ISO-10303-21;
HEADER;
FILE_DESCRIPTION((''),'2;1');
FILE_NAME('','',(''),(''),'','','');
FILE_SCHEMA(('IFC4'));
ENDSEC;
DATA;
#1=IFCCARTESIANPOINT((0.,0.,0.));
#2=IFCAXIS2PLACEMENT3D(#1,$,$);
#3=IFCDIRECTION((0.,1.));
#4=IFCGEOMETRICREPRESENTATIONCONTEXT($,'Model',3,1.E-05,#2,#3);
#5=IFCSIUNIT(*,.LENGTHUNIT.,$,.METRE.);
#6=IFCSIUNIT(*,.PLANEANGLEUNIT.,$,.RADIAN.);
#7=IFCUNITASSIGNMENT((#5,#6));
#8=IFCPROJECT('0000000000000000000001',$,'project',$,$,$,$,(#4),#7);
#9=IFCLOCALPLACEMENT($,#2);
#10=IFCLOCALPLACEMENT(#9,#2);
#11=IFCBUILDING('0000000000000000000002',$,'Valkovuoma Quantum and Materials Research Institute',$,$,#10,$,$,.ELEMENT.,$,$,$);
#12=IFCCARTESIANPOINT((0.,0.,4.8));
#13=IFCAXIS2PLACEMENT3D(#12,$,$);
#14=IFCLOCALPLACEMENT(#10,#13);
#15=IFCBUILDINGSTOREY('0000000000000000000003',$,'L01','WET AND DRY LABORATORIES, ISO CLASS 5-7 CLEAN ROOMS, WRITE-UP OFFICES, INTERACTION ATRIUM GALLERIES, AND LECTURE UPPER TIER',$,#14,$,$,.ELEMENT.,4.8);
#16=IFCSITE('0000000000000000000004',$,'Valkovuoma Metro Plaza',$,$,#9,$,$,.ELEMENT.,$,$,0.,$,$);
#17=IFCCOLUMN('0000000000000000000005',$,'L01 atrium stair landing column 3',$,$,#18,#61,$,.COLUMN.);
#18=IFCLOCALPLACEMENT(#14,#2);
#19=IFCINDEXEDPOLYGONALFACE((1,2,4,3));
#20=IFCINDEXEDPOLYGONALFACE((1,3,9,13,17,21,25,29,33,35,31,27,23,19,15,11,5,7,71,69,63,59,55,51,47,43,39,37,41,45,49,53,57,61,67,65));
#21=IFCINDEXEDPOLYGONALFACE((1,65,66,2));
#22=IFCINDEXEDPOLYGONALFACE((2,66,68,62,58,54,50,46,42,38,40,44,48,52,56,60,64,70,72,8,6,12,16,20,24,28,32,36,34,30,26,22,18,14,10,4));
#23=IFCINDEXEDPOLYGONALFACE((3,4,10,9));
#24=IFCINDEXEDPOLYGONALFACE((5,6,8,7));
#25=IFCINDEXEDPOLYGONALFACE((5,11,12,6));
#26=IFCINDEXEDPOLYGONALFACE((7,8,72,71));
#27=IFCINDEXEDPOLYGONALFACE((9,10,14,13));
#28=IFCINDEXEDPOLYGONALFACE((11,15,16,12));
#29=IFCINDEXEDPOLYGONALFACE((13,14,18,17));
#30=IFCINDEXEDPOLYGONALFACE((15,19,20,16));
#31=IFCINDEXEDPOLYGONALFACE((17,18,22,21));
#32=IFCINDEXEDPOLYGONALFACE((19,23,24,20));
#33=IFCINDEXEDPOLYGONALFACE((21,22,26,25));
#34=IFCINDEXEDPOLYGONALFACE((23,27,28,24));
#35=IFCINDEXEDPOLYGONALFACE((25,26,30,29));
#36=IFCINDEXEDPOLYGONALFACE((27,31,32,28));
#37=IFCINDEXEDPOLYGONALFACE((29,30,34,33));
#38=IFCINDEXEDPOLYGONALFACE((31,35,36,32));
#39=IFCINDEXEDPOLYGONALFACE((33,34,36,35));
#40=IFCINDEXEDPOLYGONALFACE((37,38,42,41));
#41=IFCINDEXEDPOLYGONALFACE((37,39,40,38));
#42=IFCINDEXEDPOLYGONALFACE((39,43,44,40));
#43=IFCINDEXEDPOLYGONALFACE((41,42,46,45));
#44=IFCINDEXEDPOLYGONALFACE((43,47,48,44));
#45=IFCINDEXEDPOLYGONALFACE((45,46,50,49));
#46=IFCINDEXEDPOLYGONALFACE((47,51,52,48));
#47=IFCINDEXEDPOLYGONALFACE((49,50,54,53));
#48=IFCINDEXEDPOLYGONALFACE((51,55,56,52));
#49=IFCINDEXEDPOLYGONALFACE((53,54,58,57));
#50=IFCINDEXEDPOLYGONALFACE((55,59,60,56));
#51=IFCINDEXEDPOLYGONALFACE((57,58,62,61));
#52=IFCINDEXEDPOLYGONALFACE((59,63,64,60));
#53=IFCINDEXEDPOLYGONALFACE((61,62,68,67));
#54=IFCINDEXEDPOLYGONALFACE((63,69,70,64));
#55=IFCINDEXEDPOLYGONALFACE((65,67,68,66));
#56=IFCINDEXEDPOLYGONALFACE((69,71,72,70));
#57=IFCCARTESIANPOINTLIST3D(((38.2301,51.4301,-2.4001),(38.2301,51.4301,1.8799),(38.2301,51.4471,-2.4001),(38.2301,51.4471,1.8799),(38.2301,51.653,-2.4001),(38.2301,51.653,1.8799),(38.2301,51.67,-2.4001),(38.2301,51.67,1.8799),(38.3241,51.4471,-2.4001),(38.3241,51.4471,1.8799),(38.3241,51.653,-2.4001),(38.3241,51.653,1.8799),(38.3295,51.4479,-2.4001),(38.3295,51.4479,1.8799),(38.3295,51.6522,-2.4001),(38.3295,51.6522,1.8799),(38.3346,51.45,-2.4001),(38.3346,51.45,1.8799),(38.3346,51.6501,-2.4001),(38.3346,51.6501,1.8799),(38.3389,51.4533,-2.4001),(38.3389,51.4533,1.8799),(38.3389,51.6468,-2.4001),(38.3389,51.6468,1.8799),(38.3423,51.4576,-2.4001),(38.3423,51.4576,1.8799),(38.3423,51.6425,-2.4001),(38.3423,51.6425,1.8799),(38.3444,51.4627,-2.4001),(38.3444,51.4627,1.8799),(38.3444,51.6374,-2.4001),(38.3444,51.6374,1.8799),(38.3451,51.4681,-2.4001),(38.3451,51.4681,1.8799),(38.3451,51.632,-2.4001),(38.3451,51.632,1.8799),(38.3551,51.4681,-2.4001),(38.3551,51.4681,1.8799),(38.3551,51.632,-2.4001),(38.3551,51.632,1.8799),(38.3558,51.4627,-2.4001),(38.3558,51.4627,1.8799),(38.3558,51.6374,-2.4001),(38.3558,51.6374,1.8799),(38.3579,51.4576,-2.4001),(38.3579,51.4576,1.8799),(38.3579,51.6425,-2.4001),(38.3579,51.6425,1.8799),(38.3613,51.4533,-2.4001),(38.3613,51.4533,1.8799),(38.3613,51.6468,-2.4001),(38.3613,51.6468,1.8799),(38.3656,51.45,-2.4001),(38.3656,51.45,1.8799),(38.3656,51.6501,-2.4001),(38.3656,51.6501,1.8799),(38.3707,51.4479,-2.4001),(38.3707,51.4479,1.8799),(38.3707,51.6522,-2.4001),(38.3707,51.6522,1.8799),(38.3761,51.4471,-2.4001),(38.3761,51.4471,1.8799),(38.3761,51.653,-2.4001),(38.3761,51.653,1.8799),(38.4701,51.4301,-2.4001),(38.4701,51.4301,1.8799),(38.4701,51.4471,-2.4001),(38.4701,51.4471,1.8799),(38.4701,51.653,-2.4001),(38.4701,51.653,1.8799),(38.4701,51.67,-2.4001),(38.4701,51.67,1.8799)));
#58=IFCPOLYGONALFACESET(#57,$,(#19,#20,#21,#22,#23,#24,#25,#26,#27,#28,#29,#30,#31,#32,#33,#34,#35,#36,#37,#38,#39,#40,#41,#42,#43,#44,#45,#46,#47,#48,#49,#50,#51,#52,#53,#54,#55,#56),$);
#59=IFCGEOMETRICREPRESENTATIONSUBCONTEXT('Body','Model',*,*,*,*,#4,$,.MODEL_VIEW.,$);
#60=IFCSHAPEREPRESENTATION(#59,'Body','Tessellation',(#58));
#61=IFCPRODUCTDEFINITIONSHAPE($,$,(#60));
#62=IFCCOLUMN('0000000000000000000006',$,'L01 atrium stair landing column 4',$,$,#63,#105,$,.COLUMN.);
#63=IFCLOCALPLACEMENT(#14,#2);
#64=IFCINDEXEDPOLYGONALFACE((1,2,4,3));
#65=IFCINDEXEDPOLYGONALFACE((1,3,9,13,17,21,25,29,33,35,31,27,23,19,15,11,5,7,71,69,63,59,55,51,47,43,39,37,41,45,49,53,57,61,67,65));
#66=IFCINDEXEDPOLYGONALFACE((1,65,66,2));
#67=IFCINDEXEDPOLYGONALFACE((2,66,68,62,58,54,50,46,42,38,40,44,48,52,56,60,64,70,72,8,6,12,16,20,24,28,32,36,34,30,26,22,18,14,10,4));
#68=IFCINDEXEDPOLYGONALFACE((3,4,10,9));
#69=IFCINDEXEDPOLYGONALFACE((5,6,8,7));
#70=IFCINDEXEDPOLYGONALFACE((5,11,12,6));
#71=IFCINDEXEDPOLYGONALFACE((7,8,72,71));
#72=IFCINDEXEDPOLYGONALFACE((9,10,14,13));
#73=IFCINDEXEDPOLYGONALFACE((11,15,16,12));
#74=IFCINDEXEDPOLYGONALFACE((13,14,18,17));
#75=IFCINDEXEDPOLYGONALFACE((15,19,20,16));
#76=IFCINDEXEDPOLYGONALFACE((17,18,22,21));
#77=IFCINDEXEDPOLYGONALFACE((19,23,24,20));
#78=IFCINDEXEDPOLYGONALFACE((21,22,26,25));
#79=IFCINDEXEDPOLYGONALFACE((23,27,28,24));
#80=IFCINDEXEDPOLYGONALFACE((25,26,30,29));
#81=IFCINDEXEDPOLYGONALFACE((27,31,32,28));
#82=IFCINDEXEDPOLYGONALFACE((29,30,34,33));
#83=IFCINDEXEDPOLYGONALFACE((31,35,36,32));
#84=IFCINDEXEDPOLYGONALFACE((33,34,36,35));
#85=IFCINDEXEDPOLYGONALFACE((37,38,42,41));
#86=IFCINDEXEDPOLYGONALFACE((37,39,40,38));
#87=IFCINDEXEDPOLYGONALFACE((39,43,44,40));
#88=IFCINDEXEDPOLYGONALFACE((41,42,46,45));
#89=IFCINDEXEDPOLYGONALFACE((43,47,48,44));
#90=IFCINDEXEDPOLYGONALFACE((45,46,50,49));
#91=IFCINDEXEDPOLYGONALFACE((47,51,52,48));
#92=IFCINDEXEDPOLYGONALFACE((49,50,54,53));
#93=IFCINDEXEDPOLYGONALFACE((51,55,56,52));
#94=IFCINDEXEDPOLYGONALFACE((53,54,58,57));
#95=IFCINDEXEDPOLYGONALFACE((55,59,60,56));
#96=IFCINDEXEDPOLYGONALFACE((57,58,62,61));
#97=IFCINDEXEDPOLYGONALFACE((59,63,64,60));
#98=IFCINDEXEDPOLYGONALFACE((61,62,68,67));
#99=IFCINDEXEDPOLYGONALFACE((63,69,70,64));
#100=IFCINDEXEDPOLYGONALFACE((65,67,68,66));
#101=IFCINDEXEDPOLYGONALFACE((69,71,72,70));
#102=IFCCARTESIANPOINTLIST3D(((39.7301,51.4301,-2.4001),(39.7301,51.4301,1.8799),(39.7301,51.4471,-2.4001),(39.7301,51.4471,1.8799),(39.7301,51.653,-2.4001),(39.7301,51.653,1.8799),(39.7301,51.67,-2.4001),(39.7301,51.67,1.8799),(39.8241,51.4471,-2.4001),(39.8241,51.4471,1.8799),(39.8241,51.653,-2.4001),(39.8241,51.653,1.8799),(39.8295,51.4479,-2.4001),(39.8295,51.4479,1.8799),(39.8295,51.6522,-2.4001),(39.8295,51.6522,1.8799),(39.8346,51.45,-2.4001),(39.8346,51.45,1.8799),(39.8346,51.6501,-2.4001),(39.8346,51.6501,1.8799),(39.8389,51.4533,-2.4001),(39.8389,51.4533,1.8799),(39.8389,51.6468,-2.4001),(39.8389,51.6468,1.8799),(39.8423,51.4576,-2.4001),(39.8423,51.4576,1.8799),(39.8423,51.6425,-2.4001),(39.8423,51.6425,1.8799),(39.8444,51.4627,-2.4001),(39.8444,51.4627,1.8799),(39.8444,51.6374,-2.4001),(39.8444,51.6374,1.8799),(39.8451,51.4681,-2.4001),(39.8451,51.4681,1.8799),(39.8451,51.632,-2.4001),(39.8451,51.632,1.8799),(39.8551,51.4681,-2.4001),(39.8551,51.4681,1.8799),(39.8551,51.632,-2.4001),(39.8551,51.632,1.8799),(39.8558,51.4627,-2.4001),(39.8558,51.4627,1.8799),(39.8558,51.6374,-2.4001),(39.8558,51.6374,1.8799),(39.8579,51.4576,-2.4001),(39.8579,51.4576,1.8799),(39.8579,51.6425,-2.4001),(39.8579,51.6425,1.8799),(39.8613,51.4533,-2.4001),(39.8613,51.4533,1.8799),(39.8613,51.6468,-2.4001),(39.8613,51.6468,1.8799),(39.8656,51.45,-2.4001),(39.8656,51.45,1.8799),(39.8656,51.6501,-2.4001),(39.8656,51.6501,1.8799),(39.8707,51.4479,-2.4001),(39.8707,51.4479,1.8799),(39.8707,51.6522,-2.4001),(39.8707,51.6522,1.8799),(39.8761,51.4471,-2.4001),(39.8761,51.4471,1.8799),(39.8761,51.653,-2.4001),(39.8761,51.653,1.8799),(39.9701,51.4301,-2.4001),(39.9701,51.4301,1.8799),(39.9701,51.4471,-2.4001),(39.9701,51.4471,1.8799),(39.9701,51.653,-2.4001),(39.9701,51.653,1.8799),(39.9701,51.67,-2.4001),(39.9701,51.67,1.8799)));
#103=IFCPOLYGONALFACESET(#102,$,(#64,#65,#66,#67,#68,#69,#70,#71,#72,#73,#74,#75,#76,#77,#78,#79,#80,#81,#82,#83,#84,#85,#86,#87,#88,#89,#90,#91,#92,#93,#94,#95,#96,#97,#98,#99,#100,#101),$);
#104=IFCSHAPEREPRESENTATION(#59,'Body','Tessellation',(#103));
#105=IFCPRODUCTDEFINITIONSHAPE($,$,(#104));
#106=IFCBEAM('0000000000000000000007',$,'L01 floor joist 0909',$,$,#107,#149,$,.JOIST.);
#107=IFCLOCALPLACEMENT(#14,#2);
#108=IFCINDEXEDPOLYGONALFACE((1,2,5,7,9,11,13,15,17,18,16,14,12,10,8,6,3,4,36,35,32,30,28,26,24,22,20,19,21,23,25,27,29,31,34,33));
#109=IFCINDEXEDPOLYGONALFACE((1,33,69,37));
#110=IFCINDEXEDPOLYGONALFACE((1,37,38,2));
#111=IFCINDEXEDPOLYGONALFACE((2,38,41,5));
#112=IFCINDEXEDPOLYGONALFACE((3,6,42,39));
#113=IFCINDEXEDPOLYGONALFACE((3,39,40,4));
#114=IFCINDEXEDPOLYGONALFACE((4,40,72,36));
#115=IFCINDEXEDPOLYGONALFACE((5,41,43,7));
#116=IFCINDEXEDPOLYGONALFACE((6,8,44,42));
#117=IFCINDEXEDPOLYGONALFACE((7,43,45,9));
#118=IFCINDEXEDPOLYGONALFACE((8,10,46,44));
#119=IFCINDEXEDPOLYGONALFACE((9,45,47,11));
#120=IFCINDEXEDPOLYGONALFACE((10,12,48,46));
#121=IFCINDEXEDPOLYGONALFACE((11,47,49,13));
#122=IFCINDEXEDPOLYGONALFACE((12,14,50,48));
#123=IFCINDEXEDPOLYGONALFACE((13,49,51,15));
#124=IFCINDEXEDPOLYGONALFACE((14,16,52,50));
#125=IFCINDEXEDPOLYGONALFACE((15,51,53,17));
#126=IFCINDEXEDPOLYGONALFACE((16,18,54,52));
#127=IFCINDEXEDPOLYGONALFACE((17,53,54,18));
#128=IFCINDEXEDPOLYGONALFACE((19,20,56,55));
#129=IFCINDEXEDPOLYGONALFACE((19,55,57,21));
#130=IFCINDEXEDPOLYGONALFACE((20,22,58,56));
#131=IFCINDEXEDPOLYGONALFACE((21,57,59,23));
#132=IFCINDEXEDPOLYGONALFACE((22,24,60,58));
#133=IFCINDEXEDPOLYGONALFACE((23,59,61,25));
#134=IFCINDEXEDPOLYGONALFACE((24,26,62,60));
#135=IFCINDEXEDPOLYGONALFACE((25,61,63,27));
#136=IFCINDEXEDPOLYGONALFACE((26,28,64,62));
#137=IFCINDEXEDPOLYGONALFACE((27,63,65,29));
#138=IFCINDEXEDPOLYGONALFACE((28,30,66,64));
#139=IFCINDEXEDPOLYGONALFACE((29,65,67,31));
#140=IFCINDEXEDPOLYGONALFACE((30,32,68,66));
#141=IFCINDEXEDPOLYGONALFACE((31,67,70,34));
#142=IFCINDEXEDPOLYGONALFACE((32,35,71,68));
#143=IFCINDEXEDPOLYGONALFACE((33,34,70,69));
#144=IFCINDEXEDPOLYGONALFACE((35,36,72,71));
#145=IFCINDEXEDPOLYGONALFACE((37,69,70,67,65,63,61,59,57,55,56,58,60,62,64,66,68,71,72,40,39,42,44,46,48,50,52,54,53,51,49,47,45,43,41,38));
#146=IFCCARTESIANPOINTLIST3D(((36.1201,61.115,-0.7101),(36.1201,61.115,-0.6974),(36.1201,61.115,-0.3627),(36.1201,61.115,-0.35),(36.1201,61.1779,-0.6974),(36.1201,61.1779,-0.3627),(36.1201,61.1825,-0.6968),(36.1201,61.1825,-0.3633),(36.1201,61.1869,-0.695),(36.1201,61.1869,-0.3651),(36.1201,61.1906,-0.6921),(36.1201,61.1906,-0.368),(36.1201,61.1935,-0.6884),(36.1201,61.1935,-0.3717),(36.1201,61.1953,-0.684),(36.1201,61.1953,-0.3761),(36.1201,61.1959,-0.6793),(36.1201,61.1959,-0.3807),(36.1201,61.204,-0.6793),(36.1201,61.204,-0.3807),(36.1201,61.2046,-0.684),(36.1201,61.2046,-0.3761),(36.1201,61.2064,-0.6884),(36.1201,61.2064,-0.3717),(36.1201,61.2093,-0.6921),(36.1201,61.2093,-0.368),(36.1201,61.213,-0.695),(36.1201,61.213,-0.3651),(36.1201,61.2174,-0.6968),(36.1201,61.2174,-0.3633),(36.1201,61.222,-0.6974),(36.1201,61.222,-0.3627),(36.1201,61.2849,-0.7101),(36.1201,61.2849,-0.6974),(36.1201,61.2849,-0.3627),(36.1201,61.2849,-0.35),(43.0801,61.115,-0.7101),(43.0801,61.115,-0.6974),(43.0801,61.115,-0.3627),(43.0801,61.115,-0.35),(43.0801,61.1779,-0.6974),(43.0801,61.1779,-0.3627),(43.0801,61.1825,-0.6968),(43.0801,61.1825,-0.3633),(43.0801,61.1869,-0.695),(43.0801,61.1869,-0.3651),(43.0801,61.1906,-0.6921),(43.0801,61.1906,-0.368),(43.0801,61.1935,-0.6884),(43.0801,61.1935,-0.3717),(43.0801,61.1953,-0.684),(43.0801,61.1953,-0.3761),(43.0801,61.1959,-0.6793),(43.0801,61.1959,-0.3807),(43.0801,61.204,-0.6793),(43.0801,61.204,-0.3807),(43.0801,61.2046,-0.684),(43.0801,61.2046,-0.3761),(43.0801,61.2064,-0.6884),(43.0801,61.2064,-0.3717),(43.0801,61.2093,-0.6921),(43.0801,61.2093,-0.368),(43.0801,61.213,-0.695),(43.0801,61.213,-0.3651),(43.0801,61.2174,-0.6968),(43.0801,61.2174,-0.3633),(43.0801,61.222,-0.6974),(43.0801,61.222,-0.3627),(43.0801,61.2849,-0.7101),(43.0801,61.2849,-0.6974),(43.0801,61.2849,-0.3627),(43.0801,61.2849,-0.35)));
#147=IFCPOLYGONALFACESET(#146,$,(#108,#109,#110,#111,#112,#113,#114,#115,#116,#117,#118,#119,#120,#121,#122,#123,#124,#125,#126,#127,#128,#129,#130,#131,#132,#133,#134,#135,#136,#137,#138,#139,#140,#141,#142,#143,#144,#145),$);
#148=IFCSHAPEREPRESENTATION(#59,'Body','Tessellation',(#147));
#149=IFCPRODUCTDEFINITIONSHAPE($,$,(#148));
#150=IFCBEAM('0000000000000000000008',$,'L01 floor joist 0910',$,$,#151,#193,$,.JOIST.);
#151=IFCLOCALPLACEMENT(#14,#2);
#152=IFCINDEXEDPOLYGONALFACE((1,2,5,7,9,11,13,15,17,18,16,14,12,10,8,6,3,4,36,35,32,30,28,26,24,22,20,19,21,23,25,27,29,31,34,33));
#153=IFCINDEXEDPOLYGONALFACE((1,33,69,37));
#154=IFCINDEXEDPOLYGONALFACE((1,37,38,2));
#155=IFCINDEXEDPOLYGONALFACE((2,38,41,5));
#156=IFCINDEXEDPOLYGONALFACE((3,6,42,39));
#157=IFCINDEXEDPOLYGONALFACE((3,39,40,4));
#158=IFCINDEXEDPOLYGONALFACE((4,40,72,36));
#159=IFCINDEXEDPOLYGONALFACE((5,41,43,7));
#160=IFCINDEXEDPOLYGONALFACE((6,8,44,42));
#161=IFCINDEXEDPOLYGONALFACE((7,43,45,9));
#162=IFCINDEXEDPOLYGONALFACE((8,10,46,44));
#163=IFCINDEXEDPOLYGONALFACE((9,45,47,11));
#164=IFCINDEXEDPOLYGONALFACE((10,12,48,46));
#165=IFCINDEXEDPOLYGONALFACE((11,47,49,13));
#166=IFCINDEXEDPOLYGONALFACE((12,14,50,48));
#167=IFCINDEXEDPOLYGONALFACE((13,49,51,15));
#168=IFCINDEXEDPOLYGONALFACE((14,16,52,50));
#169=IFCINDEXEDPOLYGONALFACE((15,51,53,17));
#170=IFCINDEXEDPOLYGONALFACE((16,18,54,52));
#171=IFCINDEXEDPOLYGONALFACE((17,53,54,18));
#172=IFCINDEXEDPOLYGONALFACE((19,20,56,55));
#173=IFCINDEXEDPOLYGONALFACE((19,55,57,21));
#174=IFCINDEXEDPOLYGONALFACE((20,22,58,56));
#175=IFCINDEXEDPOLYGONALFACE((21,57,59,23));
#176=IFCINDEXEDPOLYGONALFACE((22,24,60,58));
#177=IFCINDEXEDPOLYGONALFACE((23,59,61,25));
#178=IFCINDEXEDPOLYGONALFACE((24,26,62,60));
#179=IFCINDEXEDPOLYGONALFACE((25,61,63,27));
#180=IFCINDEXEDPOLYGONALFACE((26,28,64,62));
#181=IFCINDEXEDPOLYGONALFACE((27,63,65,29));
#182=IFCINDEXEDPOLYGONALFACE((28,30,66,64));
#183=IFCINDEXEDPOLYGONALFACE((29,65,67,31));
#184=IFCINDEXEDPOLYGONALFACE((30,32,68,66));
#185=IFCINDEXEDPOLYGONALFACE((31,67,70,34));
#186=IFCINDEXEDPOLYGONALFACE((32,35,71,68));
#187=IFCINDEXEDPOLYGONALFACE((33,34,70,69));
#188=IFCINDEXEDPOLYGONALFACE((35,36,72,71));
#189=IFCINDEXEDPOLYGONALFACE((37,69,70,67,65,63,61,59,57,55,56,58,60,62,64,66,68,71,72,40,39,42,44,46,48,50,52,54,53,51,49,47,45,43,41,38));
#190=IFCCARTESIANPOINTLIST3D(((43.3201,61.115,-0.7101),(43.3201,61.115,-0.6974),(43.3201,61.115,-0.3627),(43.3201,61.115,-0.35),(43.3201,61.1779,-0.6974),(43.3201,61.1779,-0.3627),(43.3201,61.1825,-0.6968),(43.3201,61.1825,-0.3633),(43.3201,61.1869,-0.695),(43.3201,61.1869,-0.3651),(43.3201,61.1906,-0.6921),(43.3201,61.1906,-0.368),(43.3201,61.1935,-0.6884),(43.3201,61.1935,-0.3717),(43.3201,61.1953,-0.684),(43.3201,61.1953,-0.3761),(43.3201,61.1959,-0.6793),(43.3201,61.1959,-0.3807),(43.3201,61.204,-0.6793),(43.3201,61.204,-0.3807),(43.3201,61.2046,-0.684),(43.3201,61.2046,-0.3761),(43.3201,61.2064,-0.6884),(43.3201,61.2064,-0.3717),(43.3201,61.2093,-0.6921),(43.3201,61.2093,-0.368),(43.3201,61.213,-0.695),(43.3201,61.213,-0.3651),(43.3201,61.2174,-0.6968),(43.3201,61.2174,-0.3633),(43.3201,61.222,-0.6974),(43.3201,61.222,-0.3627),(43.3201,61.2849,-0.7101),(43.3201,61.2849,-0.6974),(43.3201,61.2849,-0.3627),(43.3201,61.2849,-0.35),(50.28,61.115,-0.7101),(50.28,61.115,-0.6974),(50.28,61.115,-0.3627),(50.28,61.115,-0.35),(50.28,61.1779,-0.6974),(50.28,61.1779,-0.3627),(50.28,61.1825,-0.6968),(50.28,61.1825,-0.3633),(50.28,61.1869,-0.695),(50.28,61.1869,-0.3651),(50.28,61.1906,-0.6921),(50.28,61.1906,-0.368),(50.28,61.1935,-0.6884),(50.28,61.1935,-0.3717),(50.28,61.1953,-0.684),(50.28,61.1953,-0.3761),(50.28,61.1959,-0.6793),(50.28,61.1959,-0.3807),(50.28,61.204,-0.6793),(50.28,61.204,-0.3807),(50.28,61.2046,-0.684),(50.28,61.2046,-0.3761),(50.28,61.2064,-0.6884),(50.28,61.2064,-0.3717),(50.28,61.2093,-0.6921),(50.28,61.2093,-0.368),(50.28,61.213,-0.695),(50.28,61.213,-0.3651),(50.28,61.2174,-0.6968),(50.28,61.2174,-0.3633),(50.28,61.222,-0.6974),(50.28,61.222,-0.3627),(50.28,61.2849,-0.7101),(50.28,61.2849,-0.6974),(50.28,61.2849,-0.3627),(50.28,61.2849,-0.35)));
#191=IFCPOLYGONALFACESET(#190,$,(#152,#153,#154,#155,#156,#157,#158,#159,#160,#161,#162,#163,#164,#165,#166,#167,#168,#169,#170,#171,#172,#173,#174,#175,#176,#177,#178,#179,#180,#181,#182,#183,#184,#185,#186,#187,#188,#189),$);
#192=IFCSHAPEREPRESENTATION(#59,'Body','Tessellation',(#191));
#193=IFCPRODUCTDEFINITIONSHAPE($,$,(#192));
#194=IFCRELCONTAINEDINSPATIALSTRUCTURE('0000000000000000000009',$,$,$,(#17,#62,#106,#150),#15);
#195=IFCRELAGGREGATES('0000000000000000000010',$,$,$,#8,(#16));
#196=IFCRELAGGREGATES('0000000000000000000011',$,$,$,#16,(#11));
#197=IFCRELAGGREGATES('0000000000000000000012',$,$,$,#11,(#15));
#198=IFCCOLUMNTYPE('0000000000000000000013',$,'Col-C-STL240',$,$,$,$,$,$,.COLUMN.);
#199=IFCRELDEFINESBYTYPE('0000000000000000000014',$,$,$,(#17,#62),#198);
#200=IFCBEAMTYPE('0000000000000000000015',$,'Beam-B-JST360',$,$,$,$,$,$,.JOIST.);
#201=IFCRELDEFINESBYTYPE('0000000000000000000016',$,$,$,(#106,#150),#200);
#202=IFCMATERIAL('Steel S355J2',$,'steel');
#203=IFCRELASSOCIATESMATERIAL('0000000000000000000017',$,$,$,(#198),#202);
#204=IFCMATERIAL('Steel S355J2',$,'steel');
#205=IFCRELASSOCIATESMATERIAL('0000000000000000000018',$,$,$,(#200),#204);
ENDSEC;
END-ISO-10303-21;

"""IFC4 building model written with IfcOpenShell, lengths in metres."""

from ifc_helpers import new_model, si_unit, direction, frame, origin, origin_2d, place, context, subcontext, project, spatial, i_section, extrude, material, material_profile, profile_set, type_object, element, save


model = new_model("IFC4")

# Units and contexts
model_context = context("Model", 3, precision=1e-05, world=origin(), true_north=direction((0.0, 1.0)))
body_context = subcontext(model_context, "Body", "Model", "MODEL_VIEW")
ifc_project = project(units=[si_unit("LENGTHUNIT", "METRE"), si_unit("PLANEANGLEUNIT", "RADIAN")], contexts=[model_context])

# Site, building, storey
site_placement = place(None, origin())
site = spatial("IfcSite", under=ifc_project, at=site_placement, Name="Valkovuoma Metro Plaza", CompositionType="ELEMENT", RefElevation=0.0)
building_placement = place(site_placement, origin())
building = spatial("IfcBuilding", under=site, at=building_placement, Name="Valkovuoma Quantum and Materials Research Institute", CompositionType="ELEMENT")
storey_placement = place(building_placement, frame((0.0, 0.0, 4.8)))
storey = spatial("IfcBuildingStorey", under=building, at=storey_placement, Name="L01", Description="WET AND DRY LABORATORIES, ISO CLASS 5-7 CLEAN ROOMS, WRITE-UP OFFICES, INTERACTION ATRIUM GALLERIES, AND LECTURE UPPER TIER", CompositionType="ELEMENT", Elevation=4.8)

# Columns
ifc_material_1 = material(Name="Steel S355J2", Category="steel")
ifc_material_profile_1 = material_profile(ifc_material_1, i_section(OverallWidth=0.24, OverallDepth=0.24, WebThickness=0.01, FlangeThickness=0.0171, FilletRadius=0.021, at=origin_2d()), Name="Steel S355J2")
ifc_profile_set_1 = profile_set([ifc_material_profile_1], Name="Steel S355J2")
column_type_1 = type_object("IfcColumnType", Name="Col-C-STL240", PredefinedType="COLUMN", material=ifc_profile_set_1)
for number, where, z_axis, x_axis, name in (
    (1, (38.3501, 51.55, -2.4001), (0.0, 0.0, 1.0), (1.0, 0.0, 0.0), "L01 atrium stair landing column 3"),
    (2, (39.8501, 51.55, -2.4001), (0.0, 0.0, 1.0), (1.0, 0.0, 0.0), "L01 atrium stair landing column 4"),
):
    element("IfcColumn", number, at=place(storey_placement, frame(where, z_axis=z_axis, x_axis=x_axis)), inside=storey, type_object=column_type_1, Name=name, PredefinedType="COLUMN", context=body_context, shape_type="SweptSolid", body=[
        extrude(i_section(OverallWidth=0.24, OverallDepth=0.24, WebThickness=0.01, FlangeThickness=0.0171, FilletRadius=0.021, at=origin_2d()), origin(), (0.0, 0.0, 1.0), 4.28),
    ])

# Beams
ifc_material_2 = material(Name="Steel S355J2", Category="steel")
ifc_material_profile_2 = material_profile(ifc_material_2, i_section(OverallWidth=0.1699, OverallDepth=0.3601, WebThickness=0.0081, FlangeThickness=0.0127, FilletRadius=0.0181, at=origin_2d()), Name="Steel S355J2")
ifc_profile_set_2 = profile_set([ifc_material_profile_2], Name="Steel S355J2")
beam_type_1 = type_object("IfcBeamType", Name="Beam-B-JST360", PredefinedType="JOIST", material=ifc_profile_set_2)
for number, where, z_axis, x_axis, name in (
    (3, (36.1201, 61.2, -0.53), (1.0, 0.0, 0.0), (0.0, 1.0, 0.0), "L01 floor joist 0909"),
    (4, (43.3201, 61.2, -0.53), (1.0, 0.0, 0.0), (0.0, 1.0, 0.0), "L01 floor joist 0910"),
):
    element("IfcBeam", number, at=place(storey_placement, frame(where, z_axis=z_axis, x_axis=x_axis)), inside=storey, type_object=beam_type_1, Name=name, PredefinedType="JOIST", context=body_context, shape_type="SweptSolid", body=[
        extrude(i_section(OverallWidth=0.1699, OverallDepth=0.3601, WebThickness=0.0081, FlangeThickness=0.0127, FilletRadius=0.0181, at=origin_2d()), origin(), (0.0, 0.0, 1.0), 6.96),
    ])

save(model, "model.ifc")
